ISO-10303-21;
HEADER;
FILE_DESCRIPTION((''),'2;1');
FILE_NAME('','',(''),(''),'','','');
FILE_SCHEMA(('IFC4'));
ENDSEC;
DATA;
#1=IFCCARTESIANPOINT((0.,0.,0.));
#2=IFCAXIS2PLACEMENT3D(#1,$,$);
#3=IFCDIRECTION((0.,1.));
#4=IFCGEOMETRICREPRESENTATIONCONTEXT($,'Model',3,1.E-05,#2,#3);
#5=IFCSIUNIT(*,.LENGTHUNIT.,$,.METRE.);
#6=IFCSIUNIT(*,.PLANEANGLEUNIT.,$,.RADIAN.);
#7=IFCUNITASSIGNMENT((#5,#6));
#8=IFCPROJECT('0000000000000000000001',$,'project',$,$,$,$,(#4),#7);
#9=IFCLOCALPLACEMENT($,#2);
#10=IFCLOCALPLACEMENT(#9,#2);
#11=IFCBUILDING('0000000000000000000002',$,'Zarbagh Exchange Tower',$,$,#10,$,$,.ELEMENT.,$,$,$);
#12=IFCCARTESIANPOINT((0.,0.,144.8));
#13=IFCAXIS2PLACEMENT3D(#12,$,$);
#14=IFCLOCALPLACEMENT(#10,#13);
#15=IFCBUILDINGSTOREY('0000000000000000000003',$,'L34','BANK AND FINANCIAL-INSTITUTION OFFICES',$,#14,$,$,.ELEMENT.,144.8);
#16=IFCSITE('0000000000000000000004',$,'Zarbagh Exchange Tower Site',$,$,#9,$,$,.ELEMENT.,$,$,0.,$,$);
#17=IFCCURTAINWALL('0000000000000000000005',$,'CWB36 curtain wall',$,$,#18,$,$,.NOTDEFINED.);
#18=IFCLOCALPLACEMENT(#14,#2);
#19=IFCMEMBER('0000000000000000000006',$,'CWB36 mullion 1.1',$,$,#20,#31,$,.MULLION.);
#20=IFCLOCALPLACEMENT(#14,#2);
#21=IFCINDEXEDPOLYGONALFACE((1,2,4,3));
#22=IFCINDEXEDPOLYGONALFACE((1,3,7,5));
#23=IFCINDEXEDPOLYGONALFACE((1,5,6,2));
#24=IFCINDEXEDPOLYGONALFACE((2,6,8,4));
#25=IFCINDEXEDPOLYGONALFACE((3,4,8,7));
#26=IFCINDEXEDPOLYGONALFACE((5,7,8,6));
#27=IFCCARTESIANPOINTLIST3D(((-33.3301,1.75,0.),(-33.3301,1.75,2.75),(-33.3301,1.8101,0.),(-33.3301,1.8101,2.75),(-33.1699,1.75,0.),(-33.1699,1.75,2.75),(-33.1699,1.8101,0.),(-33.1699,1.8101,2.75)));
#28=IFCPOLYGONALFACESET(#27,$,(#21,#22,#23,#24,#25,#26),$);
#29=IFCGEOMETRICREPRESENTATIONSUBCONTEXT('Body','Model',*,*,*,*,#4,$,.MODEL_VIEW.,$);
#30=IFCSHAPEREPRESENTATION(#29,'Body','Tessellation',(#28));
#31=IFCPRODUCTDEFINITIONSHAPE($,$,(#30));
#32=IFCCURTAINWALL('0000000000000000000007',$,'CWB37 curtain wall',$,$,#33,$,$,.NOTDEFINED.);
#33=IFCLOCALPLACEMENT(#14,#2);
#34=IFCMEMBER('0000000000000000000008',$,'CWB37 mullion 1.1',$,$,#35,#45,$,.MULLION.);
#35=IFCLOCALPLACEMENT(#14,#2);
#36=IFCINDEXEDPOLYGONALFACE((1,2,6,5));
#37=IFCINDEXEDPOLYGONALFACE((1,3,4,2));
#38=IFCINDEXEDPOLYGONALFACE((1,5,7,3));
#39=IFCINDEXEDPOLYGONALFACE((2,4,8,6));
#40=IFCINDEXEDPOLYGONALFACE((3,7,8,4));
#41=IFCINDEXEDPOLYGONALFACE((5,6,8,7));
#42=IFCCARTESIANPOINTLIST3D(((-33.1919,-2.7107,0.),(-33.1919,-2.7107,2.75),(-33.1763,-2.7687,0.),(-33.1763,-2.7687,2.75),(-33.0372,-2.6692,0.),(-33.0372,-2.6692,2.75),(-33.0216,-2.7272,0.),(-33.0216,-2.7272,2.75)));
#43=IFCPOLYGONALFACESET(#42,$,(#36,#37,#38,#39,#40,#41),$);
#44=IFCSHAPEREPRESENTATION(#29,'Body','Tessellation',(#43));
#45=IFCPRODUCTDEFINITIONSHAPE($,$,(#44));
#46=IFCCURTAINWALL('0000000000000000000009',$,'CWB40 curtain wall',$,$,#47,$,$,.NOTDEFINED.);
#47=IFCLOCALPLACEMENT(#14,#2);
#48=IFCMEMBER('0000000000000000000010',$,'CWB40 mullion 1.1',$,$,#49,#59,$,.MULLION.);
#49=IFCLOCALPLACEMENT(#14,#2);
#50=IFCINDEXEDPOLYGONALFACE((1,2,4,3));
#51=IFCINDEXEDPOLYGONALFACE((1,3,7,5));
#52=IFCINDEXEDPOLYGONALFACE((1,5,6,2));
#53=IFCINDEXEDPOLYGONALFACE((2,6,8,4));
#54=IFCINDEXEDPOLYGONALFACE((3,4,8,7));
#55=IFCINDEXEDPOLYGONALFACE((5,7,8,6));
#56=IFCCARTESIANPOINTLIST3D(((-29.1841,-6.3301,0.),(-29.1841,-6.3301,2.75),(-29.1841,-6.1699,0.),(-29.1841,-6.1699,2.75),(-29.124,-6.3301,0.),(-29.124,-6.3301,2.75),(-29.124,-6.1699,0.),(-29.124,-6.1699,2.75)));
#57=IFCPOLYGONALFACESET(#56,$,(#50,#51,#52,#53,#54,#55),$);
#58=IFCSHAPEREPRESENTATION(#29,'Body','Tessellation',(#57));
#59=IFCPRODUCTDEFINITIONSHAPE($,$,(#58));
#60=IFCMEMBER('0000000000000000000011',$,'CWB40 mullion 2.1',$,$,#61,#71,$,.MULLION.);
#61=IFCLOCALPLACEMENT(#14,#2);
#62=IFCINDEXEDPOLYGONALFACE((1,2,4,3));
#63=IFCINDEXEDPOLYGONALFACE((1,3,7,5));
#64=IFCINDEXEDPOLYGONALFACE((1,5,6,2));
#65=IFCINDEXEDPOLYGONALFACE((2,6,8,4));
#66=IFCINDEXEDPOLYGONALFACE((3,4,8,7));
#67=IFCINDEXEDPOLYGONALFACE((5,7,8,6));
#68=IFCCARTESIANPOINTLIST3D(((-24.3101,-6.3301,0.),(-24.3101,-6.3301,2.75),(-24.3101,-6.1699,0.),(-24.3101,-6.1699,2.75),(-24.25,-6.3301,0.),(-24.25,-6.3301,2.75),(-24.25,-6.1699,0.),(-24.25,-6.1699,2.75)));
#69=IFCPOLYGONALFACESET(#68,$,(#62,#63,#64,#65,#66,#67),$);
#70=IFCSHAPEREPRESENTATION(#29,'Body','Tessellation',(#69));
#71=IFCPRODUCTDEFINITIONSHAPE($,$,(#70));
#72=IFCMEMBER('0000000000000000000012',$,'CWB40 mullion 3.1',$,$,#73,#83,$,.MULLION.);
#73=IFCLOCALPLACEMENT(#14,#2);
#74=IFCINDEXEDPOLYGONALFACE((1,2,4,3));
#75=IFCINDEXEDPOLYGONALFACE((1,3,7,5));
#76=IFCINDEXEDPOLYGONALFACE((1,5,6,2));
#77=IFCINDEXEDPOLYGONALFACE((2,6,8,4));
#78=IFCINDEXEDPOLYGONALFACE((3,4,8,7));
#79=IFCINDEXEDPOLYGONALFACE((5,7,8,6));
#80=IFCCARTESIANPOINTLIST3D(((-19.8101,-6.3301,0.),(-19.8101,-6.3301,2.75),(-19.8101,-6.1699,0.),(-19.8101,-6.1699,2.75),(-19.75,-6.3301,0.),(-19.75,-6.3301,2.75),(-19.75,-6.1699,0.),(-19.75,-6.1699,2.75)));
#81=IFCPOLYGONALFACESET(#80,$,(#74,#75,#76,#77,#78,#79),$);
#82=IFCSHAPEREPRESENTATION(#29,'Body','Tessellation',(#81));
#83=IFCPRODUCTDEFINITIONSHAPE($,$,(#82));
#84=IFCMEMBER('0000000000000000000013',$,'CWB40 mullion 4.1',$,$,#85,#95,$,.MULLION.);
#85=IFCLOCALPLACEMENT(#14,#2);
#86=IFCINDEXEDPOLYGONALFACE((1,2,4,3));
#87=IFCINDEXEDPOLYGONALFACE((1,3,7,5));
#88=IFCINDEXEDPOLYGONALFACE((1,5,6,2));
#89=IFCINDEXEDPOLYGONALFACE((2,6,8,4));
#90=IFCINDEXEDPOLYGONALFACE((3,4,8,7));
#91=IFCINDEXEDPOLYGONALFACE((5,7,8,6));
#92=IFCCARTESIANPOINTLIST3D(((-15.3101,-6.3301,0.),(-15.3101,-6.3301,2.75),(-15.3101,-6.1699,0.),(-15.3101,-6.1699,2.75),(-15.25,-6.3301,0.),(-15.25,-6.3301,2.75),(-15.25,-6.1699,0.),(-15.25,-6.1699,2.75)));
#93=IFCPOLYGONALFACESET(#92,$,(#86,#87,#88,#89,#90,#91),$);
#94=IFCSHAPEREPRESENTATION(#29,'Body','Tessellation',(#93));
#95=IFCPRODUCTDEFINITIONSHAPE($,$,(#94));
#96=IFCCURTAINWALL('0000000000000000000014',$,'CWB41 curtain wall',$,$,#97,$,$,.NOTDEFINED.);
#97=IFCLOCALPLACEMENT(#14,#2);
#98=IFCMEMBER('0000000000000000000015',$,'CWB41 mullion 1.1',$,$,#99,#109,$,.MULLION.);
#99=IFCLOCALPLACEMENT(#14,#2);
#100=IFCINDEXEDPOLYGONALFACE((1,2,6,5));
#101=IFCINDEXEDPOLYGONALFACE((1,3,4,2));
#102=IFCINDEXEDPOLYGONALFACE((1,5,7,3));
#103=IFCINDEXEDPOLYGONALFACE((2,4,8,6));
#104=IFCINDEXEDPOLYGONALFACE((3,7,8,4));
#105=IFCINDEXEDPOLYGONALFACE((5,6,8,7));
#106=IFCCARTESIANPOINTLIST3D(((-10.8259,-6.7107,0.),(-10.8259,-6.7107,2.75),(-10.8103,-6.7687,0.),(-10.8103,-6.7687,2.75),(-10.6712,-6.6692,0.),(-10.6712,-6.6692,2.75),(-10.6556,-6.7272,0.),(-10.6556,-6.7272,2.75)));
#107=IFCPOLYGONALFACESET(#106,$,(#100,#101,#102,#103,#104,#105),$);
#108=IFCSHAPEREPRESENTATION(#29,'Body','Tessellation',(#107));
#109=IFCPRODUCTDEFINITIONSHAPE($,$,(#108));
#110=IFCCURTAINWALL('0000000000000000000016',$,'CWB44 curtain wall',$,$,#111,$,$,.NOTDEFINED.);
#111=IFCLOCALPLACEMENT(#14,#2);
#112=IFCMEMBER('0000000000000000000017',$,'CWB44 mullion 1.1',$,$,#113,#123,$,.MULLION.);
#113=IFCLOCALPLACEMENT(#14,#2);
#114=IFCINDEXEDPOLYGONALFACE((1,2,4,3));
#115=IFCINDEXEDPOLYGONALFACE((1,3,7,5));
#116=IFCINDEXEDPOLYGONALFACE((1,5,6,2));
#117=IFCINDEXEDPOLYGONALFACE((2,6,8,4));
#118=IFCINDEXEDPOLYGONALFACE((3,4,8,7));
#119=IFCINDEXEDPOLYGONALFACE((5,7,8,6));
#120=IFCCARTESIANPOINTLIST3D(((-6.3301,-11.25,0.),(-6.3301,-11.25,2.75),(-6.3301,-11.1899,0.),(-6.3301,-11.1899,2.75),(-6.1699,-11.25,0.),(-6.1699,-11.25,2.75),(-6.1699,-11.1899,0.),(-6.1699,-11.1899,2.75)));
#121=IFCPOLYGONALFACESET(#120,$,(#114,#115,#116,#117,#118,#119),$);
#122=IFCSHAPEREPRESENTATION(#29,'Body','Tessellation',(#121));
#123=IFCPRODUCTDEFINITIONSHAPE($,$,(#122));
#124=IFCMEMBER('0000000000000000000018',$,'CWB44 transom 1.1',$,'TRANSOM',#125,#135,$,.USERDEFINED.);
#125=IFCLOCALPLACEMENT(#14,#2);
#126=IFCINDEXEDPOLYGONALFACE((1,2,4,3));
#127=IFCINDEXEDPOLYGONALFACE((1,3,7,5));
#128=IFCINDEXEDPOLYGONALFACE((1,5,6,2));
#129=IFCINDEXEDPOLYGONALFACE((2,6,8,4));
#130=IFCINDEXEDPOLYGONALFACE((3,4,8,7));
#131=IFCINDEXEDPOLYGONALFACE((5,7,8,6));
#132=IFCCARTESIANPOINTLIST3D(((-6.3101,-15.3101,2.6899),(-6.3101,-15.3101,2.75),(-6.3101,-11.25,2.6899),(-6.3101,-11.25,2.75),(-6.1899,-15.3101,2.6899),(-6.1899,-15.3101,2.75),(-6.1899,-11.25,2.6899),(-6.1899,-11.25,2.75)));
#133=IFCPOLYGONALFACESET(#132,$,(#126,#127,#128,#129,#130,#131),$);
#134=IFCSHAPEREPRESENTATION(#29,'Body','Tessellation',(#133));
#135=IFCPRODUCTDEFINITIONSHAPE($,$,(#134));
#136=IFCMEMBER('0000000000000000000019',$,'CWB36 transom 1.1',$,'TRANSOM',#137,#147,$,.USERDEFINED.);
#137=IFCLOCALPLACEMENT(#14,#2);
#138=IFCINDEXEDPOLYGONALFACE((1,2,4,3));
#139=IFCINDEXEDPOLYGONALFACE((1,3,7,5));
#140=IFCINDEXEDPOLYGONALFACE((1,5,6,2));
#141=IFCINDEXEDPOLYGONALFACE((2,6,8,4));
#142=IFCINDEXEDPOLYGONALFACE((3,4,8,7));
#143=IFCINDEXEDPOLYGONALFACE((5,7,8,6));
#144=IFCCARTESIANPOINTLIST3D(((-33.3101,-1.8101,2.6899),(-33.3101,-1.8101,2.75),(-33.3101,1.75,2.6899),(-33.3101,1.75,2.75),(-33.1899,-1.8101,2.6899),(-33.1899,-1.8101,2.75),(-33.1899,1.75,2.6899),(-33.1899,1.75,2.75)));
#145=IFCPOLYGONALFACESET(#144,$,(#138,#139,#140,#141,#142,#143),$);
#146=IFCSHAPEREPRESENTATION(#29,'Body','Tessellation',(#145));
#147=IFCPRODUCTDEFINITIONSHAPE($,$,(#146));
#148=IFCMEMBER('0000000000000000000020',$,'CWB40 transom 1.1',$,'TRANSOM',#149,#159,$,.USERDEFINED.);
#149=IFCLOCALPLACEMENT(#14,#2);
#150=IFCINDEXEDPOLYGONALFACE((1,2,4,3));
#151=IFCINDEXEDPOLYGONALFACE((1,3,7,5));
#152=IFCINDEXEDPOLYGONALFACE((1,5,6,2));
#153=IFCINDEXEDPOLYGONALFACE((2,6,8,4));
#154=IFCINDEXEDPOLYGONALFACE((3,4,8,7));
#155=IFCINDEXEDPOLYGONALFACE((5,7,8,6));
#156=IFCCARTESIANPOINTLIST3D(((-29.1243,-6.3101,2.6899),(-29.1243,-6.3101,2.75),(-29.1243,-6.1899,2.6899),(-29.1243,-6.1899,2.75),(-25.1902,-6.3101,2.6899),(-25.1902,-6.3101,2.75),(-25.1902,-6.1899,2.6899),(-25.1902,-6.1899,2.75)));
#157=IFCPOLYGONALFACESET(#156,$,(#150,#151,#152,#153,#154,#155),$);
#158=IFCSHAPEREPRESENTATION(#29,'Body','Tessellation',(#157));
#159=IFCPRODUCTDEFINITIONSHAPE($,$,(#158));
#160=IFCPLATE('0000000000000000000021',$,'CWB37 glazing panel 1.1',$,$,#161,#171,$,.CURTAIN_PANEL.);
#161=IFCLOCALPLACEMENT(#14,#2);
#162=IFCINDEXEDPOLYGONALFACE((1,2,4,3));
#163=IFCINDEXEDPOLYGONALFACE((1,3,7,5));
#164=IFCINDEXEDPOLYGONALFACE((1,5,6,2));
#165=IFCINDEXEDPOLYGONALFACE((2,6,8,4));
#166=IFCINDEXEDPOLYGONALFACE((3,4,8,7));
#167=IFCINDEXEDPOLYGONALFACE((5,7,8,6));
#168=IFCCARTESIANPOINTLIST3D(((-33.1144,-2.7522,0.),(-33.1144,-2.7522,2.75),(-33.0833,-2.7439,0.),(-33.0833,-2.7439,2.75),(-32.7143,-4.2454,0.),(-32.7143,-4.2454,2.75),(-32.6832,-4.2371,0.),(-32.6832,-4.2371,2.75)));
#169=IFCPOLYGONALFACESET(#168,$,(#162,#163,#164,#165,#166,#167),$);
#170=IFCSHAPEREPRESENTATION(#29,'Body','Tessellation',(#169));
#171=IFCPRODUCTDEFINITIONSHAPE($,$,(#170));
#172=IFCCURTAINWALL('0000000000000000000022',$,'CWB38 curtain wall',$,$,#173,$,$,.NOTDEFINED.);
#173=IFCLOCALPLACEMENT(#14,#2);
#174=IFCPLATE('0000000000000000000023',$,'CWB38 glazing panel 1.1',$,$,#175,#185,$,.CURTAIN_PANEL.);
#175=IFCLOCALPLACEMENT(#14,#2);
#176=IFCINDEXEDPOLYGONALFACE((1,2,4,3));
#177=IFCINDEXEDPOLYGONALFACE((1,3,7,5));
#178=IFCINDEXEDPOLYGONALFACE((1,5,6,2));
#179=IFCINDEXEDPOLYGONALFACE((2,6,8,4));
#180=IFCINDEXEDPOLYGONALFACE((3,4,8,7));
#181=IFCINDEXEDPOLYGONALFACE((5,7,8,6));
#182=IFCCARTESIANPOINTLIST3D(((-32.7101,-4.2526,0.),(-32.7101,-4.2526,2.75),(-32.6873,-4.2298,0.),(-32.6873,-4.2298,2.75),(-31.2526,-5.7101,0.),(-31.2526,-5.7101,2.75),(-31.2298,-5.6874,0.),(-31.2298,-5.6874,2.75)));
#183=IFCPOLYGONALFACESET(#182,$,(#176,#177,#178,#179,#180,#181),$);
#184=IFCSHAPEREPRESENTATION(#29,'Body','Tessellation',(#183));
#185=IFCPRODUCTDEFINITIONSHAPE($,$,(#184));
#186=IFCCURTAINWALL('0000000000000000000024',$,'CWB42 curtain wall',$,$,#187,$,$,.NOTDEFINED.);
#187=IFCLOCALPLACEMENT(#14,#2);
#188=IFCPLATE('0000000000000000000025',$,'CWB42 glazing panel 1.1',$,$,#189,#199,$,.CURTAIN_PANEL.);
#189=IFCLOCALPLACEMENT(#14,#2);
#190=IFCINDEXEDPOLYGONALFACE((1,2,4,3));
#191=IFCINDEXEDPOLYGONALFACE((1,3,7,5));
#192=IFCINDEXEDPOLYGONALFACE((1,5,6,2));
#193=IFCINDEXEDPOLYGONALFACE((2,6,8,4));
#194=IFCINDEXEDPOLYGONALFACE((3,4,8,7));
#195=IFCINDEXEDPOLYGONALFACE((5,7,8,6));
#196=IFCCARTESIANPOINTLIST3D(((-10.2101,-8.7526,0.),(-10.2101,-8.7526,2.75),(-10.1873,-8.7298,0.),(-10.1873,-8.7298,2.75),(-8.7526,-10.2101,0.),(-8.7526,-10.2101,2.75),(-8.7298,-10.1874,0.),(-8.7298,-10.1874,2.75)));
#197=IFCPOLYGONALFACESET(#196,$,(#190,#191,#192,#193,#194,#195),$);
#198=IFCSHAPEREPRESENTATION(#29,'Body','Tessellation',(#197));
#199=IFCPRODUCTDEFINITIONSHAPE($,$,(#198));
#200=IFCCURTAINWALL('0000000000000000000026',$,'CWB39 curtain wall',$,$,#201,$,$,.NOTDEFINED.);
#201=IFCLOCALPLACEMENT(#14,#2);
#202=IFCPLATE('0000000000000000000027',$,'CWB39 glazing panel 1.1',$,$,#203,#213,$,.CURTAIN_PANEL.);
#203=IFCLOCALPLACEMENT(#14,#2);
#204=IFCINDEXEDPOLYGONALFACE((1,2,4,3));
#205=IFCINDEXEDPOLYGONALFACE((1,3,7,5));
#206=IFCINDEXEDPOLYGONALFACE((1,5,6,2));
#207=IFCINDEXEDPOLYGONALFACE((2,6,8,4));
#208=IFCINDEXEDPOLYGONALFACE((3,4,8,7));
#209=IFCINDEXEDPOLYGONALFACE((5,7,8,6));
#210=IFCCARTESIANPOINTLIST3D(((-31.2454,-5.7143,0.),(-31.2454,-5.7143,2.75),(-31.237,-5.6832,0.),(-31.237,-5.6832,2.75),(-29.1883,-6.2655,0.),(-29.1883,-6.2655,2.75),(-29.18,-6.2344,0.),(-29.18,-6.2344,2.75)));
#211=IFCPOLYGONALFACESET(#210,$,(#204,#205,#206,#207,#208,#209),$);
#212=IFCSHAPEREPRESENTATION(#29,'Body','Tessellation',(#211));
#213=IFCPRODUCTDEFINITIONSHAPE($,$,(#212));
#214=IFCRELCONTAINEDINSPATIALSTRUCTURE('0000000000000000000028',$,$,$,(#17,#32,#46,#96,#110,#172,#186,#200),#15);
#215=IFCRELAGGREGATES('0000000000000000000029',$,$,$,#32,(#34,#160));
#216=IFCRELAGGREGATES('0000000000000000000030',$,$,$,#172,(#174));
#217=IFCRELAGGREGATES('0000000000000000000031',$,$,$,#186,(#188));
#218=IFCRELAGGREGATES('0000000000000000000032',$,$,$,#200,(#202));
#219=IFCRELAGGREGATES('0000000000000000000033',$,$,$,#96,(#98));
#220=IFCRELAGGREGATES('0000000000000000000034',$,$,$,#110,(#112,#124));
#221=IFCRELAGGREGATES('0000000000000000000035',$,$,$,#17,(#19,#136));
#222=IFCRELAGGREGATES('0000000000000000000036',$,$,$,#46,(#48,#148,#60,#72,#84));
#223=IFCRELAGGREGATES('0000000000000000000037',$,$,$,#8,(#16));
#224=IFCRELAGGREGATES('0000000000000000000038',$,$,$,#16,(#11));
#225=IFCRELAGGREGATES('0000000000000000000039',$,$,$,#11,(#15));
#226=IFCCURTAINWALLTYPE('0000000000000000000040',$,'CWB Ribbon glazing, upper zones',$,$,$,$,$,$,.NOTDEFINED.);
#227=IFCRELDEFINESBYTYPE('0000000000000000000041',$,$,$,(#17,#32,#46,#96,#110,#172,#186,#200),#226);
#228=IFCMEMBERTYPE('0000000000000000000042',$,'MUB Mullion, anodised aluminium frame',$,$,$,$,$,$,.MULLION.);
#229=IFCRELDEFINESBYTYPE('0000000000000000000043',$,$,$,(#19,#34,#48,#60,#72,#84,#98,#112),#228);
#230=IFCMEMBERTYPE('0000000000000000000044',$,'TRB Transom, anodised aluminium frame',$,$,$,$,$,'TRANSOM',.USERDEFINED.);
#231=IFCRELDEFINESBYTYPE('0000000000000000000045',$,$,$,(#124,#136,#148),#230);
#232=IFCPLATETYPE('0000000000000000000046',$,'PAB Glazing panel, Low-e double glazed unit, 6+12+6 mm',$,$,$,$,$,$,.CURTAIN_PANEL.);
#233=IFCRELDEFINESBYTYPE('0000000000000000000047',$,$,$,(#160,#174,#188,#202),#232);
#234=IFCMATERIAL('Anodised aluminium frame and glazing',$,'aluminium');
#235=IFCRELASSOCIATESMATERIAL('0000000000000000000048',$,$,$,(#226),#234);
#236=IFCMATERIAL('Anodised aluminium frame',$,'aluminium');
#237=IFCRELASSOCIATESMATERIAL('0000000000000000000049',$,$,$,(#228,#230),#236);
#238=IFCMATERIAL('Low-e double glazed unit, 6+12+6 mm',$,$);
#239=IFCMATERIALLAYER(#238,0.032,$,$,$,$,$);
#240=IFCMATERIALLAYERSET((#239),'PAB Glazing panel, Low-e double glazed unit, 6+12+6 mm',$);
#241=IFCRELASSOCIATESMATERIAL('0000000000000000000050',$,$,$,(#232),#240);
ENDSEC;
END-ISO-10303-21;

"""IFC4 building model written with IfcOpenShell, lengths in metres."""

from ifc_helpers import new_model, si_unit, direction, frame, origin, place, context, subcontext, project, spatial, polyline, outline, extrude, source, transform, mapped, material, layer, layer_set, type_object, element, aggregate, save


model = new_model("IFC4")

# Units and contexts
model_context = context("Model", 3, precision=1e-05, world=origin(), true_north=direction((0.0, 1.0)))
body_context = subcontext(model_context, "Body", "Model", "MODEL_VIEW")
ifc_project = project(units=[si_unit("LENGTHUNIT", "METRE"), si_unit("PLANEANGLEUNIT", "RADIAN")], contexts=[model_context])

# Site, building, storey
site_placement = place(None, origin())
site = spatial("IfcSite", under=ifc_project, at=site_placement, Name="Zarbagh Exchange Tower Site", CompositionType="ELEMENT", RefElevation=0.0)
building_placement = place(site_placement, origin())
building = spatial("IfcBuilding", under=site, at=building_placement, Name="Zarbagh Exchange Tower", CompositionType="ELEMENT")
storey_placement = place(building_placement, frame((0.0, 0.0, 144.8)))
storey = spatial("IfcBuildingStorey", under=building, at=storey_placement, Name="L34", Description="BANK AND FINANCIAL-INSTITUTION OFFICES", CompositionType="ELEMENT", Elevation=144.8)

# Curtain walls, members
ifc_material_1 = material(Name="Anodised aluminium frame and glazing", Category="aluminium")
curtain_wall_type = type_object("IfcCurtainWallType", Name="CWB Ribbon glazing, upper zones", PredefinedType="NOTDEFINED", material=ifc_material_1)
curtain_wall_1_placement = place(storey_placement, origin())
curtain_wall_1 = element("IfcCurtainWall", 1, at=curtain_wall_1_placement, inside=storey, type_object=curtain_wall_type, Name="CWB36 curtain wall", PredefinedType="NOTDEFINED")
ifc_material_2 = material(Name="Anodised aluminium frame", Category="aluminium")
member_type_1 = type_object("IfcMemberType", Name="MUB Mullion, anodised aluminium frame", PredefinedType="MULLION", material=ifc_material_2)
shared_shape_1 = source(origin(), body_context, "Body", "SweptSolid", [
    extrude(outline(polyline([(0.0, -0.0801), (0.0601, -0.0801), (0.0601, 0.0801), (0.0, 0.0801), (0.0, -0.0801)])), origin(), (0.0, 0.0, 1.0), 2.75),
])
placement = place(storey_placement, origin())
member_1 = element("IfcMember", 2, at=placement, type_object=member_type_1, Name="CWB36 mullion 1.1", PredefinedType="MULLION", context=body_context, shape_type="MappedRepresentation", body=[
    mapped(shared_shape_1, transform((-33.25, 1.8101, 0.0), x_axis=(0.0, -1.0, 0.0), y_axis=(1.0, 0.0, 0.0), z_axis=(0.0, 0.0, 1.0))),
])
curtain_wall_2_placement = place(storey_placement, origin())
curtain_wall_2 = element("IfcCurtainWall", 3, at=curtain_wall_2_placement, inside=storey, type_object=curtain_wall_type, Name="CWB37 curtain wall", PredefinedType="NOTDEFINED")
member_2 = element("IfcMember", 4, at=placement, type_object=member_type_1, Name="CWB37 mullion 1.1", PredefinedType="MULLION", context=body_context, shape_type="MappedRepresentation", body=[
    mapped(shared_shape_1, transform((-33.1145, -2.6899, 0.0), x_axis=(0.258825, -0.965924, 0.0), y_axis=(0.965924, 0.258825, 0.0), z_axis=(0.0, 0.0, 1.0))),
])

# Curtain wall, members
curtain_wall_3_placement = place(storey_placement, origin())
curtain_wall_3 = element("IfcCurtainWall", 5, at=curtain_wall_3_placement, inside=storey, type_object=curtain_wall_type, Name="CWB40 curtain wall", PredefinedType="NOTDEFINED")
member_3 = element("IfcMember", 6, at=placement, type_object=member_type_1, Name="CWB40 mullion 1.1", PredefinedType="MULLION", context=body_context, shape_type="MappedRepresentation", body=[
    mapped(shared_shape_1, transform((-29.1841, -6.25, 0.0), x_axis=(1.0, 0.0, 0.0), y_axis=(0.0, 1.0, 0.0), z_axis=(0.0, 0.0, 1.0))),
])
member_4 = element("IfcMember", 7, at=placement, type_object=member_type_1, Name="CWB40 mullion 2.1", PredefinedType="MULLION", context=body_context, shape_type="MappedRepresentation", body=[
    mapped(shared_shape_1, transform((-24.3101, -6.25, 0.0), x_axis=(1.0, 0.0, 0.0), y_axis=(0.0, 1.0, 0.0), z_axis=(0.0, 0.0, 1.0))),
])
member_5 = element("IfcMember", 8, at=placement, type_object=member_type_1, Name="CWB40 mullion 3.1", PredefinedType="MULLION", context=body_context, shape_type="MappedRepresentation", body=[
    mapped(shared_shape_1, transform((-19.8101, -6.25, 0.0), x_axis=(1.0, 0.0, 0.0), y_axis=(0.0, 1.0, 0.0), z_axis=(0.0, 0.0, 1.0))),
])
member_6 = element("IfcMember", 9, at=placement, type_object=member_type_1, Name="CWB40 mullion 4.1", PredefinedType="MULLION", context=body_context, shape_type="MappedRepresentation", body=[
    mapped(shared_shape_1, transform((-15.3101, -6.25, 0.0), x_axis=(1.0, 0.0, 0.0), y_axis=(0.0, 1.0, 0.0), z_axis=(0.0, 0.0, 1.0))),
])

# Curtain wall, member
curtain_wall_4_placement = place(storey_placement, origin())
curtain_wall_4 = element("IfcCurtainWall", 10, at=curtain_wall_4_placement, inside=storey, type_object=curtain_wall_type, Name="CWB41 curtain wall", PredefinedType="NOTDEFINED")
member_7 = element("IfcMember", 11, at=placement, type_object=member_type_1, Name="CWB41 mullion 1.1", PredefinedType="MULLION", context=body_context, shape_type="MappedRepresentation", body=[
    mapped(shared_shape_1, transform((-10.7485, -6.6899, 0.0), x_axis=(0.258825, -0.965924, 0.0), y_axis=(0.965924, 0.258825, 0.0), z_axis=(0.0, 0.0, 1.0))),
])

# Curtain wall, members
curtain_wall_5_placement = place(storey_placement, origin())
curtain_wall_5 = element("IfcCurtainWall", 12, at=curtain_wall_5_placement, inside=storey, type_object=curtain_wall_type, Name="CWB44 curtain wall", PredefinedType="NOTDEFINED")
member_8 = element("IfcMember", 13, at=placement, type_object=member_type_1, Name="CWB44 mullion 1.1", PredefinedType="MULLION", context=body_context, shape_type="MappedRepresentation", body=[
    mapped(shared_shape_1, transform((-6.25, -11.1899, 0.0), x_axis=(0.0, -1.0, 0.0), y_axis=(1.0, 0.0, 0.0), z_axis=(0.0, 0.0, 1.0))),
])
member_type_2 = type_object("IfcMemberType", Name="TRB Transom, anodised aluminium frame", ElementType="TRANSOM", PredefinedType="USERDEFINED", material=ifc_material_2)
shared_shape_2 = source(origin(), body_context, "Body", "SweptSolid", [
    extrude(outline(polyline([(-0.0601, -0.0601), (0.0, -0.0601), (0.0, 0.0601), (-0.0601, 0.0601), (-0.0601, -0.0601)])), origin(), (0.0, 0.0, 1.0), 4.0601),
])
member_9 = element("IfcMember", 14, at=placement, type_object=member_type_2, Name="CWB44 transom 1.1", ObjectType="TRANSOM", PredefinedType="USERDEFINED", context=body_context, shape_type="MappedRepresentation", body=[
    mapped(shared_shape_2, transform((-6.25, -11.25, 2.75), x_axis=(0.0, 0.0, 1.0), y_axis=(-1.0, 0.0, 0.0), z_axis=(0.0, -1.0, 0.0))),
])

# Members
shared_shape_3 = source(origin(), body_context, "Body", "SweptSolid", [
    extrude(outline(polyline([(-0.0601, -0.0601), (0.0, -0.0601), (0.0, 0.0601), (-0.0601, 0.0601), (-0.0601, -0.0601)])), origin(), (0.0, 0.0, 1.0), 3.5601),
])
member_10 = element("IfcMember", 15, at=placement, type_object=member_type_2, Name="CWB36 transom 1.1", ObjectType="TRANSOM", PredefinedType="USERDEFINED", context=body_context, shape_type="MappedRepresentation", body=[
    mapped(shared_shape_3, transform((-33.25, 1.75, 2.75), x_axis=(0.0, 0.0, 1.0), y_axis=(-1.0, 0.0, 0.0), z_axis=(0.0, -1.0, 0.0))),
])
shared_shape_4 = source(origin(), body_context, "Body", "SweptSolid", [
    extrude(outline(polyline([(-0.0601, -0.0601), (0.0, -0.0601), (0.0, 0.0601), (-0.0601, 0.0601), (-0.0601, -0.0601)])), origin(), (0.0, 0.0, 1.0), 3.9341),
])
member_11 = element("IfcMember", 16, at=placement, type_object=member_type_2, Name="CWB40 transom 1.1", ObjectType="TRANSOM", PredefinedType="USERDEFINED", context=body_context, shape_type="MappedRepresentation", body=[
    mapped(shared_shape_4, transform((-29.1243, -6.25, 2.75), x_axis=(0.0, 0.0, 1.0), y_axis=(0.0, -1.0, 0.0), z_axis=(1.0, 0.0, 0.0))),
])

# Plate
ifc_material_3 = material(Name="Low-e double glazed unit, 6+12+6 mm")
ifc_layer = layer(ifc_material_3, 0.032)
ifc_layer_set = layer_set([ifc_layer], Name="PAB Glazing panel, Low-e double glazed unit, 6+12+6 mm")
plate_type = type_object("IfcPlateType", Name="PAB Glazing panel, Low-e double glazed unit, 6+12+6 mm", PredefinedType="CURTAIN_PANEL", material=ifc_layer_set)
shared_shape_5 = source(origin(), body_context, "Body", "SweptSolid", [
    extrude(outline(polyline([(0.0, -0.0161), (1.5459, -0.0161), (1.5459, 0.0161), (0.0, 0.0161), (0.0, -0.0161)])), origin(), (0.0, 0.0, 1.0), 2.75),
])
plate_1 = element("IfcPlate", 17, at=placement, type_object=plate_type, Name="CWB37 glazing panel 1.1", PredefinedType="CURTAIN_PANEL", context=body_context, shape_type="MappedRepresentation", body=[
    mapped(shared_shape_5, transform((-33.0989, -2.748, 0.0), x_axis=(0.258825, -0.965924, 0.0), y_axis=(0.965924, 0.258825, 0.0), z_axis=(0.0, 0.0, 1.0))),
])
aggregate(curtain_wall_2, [member_2, plate_1])

# Curtain walls, plates
curtain_wall_6_placement = place(storey_placement, origin())
curtain_wall_6 = element("IfcCurtainWall", 18, at=curtain_wall_6_placement, inside=storey, type_object=curtain_wall_type, Name="CWB38 curtain wall", PredefinedType="NOTDEFINED")
shared_shape_6 = source(origin(), body_context, "Body", "SweptSolid", [
    extrude(outline(polyline([(0.0, -0.0161), (2.0613, -0.0161), (2.0613, 0.0161), (0.0, 0.0161), (0.0, -0.0161)])), origin(), (0.0, 0.0, 1.0), 2.75),
])
plate_2 = element("IfcPlate", 19, at=placement, type_object=plate_type, Name="CWB38 glazing panel 1.1", PredefinedType="CURTAIN_PANEL", context=body_context, shape_type="MappedRepresentation", body=[
    mapped(shared_shape_6, transform((-32.6987, -4.2412, 0.0), x_axis=(0.707107, -0.707107, 0.0), y_axis=(0.707107, 0.707107, 0.0), z_axis=(0.0, 0.0, 1.0))),
])
aggregate(curtain_wall_6, [plate_2])
curtain_wall_7_placement = place(storey_placement, origin())
curtain_wall_7 = element("IfcCurtainWall", 20, at=curtain_wall_7_placement, inside=storey, type_object=curtain_wall_type, Name="CWB42 curtain wall", PredefinedType="NOTDEFINED")
plate_3 = element("IfcPlate", 21, at=placement, type_object=plate_type, Name="CWB42 glazing panel 1.1", PredefinedType="CURTAIN_PANEL", context=body_context, shape_type="MappedRepresentation", body=[
    mapped(shared_shape_6, transform((-10.1987, -8.7412, 0.0), x_axis=(0.707107, -0.707107, 0.0), y_axis=(0.707107, 0.707107, 0.0), z_axis=(0.0, 0.0, 1.0))),
])
aggregate(curtain_wall_7, [plate_3])
curtain_wall_8_placement = place(storey_placement, origin())
curtain_wall_8 = element("IfcCurtainWall", 22, at=curtain_wall_8_placement, inside=storey, type_object=curtain_wall_type, Name="CWB39 curtain wall", PredefinedType="NOTDEFINED")
shared_shape_7 = source(origin(), body_context, "Body", "SweptSolid", [
    extrude(outline(polyline([(0.0, -0.0161), (2.1296, -0.0161), (2.1296, 0.0161), (0.0, 0.0161), (0.0, -0.0161)])), origin(), (0.0, 0.0, 1.0), 2.75),
])
plate_4 = element("IfcPlate", 23, at=placement, type_object=plate_type, Name="CWB39 glazing panel 1.1", PredefinedType="CURTAIN_PANEL", context=body_context, shape_type="MappedRepresentation", body=[
    mapped(shared_shape_7, transform((-31.2412, -5.6987, 0.0), x_axis=(0.965924, -0.258825, 0.0), y_axis=(0.258825, 0.965924, 0.0), z_axis=(0.0, 0.0, 1.0))),
])
aggregate(curtain_wall_8, [plate_4])

aggregate(curtain_wall_4, [member_7])

aggregate(curtain_wall_5, [member_8, member_9])

aggregate(curtain_wall_1, [member_1, member_10])
aggregate(curtain_wall_3, [member_3, member_11, member_4, member_5, member_6])

save(model, "model.ifc")
